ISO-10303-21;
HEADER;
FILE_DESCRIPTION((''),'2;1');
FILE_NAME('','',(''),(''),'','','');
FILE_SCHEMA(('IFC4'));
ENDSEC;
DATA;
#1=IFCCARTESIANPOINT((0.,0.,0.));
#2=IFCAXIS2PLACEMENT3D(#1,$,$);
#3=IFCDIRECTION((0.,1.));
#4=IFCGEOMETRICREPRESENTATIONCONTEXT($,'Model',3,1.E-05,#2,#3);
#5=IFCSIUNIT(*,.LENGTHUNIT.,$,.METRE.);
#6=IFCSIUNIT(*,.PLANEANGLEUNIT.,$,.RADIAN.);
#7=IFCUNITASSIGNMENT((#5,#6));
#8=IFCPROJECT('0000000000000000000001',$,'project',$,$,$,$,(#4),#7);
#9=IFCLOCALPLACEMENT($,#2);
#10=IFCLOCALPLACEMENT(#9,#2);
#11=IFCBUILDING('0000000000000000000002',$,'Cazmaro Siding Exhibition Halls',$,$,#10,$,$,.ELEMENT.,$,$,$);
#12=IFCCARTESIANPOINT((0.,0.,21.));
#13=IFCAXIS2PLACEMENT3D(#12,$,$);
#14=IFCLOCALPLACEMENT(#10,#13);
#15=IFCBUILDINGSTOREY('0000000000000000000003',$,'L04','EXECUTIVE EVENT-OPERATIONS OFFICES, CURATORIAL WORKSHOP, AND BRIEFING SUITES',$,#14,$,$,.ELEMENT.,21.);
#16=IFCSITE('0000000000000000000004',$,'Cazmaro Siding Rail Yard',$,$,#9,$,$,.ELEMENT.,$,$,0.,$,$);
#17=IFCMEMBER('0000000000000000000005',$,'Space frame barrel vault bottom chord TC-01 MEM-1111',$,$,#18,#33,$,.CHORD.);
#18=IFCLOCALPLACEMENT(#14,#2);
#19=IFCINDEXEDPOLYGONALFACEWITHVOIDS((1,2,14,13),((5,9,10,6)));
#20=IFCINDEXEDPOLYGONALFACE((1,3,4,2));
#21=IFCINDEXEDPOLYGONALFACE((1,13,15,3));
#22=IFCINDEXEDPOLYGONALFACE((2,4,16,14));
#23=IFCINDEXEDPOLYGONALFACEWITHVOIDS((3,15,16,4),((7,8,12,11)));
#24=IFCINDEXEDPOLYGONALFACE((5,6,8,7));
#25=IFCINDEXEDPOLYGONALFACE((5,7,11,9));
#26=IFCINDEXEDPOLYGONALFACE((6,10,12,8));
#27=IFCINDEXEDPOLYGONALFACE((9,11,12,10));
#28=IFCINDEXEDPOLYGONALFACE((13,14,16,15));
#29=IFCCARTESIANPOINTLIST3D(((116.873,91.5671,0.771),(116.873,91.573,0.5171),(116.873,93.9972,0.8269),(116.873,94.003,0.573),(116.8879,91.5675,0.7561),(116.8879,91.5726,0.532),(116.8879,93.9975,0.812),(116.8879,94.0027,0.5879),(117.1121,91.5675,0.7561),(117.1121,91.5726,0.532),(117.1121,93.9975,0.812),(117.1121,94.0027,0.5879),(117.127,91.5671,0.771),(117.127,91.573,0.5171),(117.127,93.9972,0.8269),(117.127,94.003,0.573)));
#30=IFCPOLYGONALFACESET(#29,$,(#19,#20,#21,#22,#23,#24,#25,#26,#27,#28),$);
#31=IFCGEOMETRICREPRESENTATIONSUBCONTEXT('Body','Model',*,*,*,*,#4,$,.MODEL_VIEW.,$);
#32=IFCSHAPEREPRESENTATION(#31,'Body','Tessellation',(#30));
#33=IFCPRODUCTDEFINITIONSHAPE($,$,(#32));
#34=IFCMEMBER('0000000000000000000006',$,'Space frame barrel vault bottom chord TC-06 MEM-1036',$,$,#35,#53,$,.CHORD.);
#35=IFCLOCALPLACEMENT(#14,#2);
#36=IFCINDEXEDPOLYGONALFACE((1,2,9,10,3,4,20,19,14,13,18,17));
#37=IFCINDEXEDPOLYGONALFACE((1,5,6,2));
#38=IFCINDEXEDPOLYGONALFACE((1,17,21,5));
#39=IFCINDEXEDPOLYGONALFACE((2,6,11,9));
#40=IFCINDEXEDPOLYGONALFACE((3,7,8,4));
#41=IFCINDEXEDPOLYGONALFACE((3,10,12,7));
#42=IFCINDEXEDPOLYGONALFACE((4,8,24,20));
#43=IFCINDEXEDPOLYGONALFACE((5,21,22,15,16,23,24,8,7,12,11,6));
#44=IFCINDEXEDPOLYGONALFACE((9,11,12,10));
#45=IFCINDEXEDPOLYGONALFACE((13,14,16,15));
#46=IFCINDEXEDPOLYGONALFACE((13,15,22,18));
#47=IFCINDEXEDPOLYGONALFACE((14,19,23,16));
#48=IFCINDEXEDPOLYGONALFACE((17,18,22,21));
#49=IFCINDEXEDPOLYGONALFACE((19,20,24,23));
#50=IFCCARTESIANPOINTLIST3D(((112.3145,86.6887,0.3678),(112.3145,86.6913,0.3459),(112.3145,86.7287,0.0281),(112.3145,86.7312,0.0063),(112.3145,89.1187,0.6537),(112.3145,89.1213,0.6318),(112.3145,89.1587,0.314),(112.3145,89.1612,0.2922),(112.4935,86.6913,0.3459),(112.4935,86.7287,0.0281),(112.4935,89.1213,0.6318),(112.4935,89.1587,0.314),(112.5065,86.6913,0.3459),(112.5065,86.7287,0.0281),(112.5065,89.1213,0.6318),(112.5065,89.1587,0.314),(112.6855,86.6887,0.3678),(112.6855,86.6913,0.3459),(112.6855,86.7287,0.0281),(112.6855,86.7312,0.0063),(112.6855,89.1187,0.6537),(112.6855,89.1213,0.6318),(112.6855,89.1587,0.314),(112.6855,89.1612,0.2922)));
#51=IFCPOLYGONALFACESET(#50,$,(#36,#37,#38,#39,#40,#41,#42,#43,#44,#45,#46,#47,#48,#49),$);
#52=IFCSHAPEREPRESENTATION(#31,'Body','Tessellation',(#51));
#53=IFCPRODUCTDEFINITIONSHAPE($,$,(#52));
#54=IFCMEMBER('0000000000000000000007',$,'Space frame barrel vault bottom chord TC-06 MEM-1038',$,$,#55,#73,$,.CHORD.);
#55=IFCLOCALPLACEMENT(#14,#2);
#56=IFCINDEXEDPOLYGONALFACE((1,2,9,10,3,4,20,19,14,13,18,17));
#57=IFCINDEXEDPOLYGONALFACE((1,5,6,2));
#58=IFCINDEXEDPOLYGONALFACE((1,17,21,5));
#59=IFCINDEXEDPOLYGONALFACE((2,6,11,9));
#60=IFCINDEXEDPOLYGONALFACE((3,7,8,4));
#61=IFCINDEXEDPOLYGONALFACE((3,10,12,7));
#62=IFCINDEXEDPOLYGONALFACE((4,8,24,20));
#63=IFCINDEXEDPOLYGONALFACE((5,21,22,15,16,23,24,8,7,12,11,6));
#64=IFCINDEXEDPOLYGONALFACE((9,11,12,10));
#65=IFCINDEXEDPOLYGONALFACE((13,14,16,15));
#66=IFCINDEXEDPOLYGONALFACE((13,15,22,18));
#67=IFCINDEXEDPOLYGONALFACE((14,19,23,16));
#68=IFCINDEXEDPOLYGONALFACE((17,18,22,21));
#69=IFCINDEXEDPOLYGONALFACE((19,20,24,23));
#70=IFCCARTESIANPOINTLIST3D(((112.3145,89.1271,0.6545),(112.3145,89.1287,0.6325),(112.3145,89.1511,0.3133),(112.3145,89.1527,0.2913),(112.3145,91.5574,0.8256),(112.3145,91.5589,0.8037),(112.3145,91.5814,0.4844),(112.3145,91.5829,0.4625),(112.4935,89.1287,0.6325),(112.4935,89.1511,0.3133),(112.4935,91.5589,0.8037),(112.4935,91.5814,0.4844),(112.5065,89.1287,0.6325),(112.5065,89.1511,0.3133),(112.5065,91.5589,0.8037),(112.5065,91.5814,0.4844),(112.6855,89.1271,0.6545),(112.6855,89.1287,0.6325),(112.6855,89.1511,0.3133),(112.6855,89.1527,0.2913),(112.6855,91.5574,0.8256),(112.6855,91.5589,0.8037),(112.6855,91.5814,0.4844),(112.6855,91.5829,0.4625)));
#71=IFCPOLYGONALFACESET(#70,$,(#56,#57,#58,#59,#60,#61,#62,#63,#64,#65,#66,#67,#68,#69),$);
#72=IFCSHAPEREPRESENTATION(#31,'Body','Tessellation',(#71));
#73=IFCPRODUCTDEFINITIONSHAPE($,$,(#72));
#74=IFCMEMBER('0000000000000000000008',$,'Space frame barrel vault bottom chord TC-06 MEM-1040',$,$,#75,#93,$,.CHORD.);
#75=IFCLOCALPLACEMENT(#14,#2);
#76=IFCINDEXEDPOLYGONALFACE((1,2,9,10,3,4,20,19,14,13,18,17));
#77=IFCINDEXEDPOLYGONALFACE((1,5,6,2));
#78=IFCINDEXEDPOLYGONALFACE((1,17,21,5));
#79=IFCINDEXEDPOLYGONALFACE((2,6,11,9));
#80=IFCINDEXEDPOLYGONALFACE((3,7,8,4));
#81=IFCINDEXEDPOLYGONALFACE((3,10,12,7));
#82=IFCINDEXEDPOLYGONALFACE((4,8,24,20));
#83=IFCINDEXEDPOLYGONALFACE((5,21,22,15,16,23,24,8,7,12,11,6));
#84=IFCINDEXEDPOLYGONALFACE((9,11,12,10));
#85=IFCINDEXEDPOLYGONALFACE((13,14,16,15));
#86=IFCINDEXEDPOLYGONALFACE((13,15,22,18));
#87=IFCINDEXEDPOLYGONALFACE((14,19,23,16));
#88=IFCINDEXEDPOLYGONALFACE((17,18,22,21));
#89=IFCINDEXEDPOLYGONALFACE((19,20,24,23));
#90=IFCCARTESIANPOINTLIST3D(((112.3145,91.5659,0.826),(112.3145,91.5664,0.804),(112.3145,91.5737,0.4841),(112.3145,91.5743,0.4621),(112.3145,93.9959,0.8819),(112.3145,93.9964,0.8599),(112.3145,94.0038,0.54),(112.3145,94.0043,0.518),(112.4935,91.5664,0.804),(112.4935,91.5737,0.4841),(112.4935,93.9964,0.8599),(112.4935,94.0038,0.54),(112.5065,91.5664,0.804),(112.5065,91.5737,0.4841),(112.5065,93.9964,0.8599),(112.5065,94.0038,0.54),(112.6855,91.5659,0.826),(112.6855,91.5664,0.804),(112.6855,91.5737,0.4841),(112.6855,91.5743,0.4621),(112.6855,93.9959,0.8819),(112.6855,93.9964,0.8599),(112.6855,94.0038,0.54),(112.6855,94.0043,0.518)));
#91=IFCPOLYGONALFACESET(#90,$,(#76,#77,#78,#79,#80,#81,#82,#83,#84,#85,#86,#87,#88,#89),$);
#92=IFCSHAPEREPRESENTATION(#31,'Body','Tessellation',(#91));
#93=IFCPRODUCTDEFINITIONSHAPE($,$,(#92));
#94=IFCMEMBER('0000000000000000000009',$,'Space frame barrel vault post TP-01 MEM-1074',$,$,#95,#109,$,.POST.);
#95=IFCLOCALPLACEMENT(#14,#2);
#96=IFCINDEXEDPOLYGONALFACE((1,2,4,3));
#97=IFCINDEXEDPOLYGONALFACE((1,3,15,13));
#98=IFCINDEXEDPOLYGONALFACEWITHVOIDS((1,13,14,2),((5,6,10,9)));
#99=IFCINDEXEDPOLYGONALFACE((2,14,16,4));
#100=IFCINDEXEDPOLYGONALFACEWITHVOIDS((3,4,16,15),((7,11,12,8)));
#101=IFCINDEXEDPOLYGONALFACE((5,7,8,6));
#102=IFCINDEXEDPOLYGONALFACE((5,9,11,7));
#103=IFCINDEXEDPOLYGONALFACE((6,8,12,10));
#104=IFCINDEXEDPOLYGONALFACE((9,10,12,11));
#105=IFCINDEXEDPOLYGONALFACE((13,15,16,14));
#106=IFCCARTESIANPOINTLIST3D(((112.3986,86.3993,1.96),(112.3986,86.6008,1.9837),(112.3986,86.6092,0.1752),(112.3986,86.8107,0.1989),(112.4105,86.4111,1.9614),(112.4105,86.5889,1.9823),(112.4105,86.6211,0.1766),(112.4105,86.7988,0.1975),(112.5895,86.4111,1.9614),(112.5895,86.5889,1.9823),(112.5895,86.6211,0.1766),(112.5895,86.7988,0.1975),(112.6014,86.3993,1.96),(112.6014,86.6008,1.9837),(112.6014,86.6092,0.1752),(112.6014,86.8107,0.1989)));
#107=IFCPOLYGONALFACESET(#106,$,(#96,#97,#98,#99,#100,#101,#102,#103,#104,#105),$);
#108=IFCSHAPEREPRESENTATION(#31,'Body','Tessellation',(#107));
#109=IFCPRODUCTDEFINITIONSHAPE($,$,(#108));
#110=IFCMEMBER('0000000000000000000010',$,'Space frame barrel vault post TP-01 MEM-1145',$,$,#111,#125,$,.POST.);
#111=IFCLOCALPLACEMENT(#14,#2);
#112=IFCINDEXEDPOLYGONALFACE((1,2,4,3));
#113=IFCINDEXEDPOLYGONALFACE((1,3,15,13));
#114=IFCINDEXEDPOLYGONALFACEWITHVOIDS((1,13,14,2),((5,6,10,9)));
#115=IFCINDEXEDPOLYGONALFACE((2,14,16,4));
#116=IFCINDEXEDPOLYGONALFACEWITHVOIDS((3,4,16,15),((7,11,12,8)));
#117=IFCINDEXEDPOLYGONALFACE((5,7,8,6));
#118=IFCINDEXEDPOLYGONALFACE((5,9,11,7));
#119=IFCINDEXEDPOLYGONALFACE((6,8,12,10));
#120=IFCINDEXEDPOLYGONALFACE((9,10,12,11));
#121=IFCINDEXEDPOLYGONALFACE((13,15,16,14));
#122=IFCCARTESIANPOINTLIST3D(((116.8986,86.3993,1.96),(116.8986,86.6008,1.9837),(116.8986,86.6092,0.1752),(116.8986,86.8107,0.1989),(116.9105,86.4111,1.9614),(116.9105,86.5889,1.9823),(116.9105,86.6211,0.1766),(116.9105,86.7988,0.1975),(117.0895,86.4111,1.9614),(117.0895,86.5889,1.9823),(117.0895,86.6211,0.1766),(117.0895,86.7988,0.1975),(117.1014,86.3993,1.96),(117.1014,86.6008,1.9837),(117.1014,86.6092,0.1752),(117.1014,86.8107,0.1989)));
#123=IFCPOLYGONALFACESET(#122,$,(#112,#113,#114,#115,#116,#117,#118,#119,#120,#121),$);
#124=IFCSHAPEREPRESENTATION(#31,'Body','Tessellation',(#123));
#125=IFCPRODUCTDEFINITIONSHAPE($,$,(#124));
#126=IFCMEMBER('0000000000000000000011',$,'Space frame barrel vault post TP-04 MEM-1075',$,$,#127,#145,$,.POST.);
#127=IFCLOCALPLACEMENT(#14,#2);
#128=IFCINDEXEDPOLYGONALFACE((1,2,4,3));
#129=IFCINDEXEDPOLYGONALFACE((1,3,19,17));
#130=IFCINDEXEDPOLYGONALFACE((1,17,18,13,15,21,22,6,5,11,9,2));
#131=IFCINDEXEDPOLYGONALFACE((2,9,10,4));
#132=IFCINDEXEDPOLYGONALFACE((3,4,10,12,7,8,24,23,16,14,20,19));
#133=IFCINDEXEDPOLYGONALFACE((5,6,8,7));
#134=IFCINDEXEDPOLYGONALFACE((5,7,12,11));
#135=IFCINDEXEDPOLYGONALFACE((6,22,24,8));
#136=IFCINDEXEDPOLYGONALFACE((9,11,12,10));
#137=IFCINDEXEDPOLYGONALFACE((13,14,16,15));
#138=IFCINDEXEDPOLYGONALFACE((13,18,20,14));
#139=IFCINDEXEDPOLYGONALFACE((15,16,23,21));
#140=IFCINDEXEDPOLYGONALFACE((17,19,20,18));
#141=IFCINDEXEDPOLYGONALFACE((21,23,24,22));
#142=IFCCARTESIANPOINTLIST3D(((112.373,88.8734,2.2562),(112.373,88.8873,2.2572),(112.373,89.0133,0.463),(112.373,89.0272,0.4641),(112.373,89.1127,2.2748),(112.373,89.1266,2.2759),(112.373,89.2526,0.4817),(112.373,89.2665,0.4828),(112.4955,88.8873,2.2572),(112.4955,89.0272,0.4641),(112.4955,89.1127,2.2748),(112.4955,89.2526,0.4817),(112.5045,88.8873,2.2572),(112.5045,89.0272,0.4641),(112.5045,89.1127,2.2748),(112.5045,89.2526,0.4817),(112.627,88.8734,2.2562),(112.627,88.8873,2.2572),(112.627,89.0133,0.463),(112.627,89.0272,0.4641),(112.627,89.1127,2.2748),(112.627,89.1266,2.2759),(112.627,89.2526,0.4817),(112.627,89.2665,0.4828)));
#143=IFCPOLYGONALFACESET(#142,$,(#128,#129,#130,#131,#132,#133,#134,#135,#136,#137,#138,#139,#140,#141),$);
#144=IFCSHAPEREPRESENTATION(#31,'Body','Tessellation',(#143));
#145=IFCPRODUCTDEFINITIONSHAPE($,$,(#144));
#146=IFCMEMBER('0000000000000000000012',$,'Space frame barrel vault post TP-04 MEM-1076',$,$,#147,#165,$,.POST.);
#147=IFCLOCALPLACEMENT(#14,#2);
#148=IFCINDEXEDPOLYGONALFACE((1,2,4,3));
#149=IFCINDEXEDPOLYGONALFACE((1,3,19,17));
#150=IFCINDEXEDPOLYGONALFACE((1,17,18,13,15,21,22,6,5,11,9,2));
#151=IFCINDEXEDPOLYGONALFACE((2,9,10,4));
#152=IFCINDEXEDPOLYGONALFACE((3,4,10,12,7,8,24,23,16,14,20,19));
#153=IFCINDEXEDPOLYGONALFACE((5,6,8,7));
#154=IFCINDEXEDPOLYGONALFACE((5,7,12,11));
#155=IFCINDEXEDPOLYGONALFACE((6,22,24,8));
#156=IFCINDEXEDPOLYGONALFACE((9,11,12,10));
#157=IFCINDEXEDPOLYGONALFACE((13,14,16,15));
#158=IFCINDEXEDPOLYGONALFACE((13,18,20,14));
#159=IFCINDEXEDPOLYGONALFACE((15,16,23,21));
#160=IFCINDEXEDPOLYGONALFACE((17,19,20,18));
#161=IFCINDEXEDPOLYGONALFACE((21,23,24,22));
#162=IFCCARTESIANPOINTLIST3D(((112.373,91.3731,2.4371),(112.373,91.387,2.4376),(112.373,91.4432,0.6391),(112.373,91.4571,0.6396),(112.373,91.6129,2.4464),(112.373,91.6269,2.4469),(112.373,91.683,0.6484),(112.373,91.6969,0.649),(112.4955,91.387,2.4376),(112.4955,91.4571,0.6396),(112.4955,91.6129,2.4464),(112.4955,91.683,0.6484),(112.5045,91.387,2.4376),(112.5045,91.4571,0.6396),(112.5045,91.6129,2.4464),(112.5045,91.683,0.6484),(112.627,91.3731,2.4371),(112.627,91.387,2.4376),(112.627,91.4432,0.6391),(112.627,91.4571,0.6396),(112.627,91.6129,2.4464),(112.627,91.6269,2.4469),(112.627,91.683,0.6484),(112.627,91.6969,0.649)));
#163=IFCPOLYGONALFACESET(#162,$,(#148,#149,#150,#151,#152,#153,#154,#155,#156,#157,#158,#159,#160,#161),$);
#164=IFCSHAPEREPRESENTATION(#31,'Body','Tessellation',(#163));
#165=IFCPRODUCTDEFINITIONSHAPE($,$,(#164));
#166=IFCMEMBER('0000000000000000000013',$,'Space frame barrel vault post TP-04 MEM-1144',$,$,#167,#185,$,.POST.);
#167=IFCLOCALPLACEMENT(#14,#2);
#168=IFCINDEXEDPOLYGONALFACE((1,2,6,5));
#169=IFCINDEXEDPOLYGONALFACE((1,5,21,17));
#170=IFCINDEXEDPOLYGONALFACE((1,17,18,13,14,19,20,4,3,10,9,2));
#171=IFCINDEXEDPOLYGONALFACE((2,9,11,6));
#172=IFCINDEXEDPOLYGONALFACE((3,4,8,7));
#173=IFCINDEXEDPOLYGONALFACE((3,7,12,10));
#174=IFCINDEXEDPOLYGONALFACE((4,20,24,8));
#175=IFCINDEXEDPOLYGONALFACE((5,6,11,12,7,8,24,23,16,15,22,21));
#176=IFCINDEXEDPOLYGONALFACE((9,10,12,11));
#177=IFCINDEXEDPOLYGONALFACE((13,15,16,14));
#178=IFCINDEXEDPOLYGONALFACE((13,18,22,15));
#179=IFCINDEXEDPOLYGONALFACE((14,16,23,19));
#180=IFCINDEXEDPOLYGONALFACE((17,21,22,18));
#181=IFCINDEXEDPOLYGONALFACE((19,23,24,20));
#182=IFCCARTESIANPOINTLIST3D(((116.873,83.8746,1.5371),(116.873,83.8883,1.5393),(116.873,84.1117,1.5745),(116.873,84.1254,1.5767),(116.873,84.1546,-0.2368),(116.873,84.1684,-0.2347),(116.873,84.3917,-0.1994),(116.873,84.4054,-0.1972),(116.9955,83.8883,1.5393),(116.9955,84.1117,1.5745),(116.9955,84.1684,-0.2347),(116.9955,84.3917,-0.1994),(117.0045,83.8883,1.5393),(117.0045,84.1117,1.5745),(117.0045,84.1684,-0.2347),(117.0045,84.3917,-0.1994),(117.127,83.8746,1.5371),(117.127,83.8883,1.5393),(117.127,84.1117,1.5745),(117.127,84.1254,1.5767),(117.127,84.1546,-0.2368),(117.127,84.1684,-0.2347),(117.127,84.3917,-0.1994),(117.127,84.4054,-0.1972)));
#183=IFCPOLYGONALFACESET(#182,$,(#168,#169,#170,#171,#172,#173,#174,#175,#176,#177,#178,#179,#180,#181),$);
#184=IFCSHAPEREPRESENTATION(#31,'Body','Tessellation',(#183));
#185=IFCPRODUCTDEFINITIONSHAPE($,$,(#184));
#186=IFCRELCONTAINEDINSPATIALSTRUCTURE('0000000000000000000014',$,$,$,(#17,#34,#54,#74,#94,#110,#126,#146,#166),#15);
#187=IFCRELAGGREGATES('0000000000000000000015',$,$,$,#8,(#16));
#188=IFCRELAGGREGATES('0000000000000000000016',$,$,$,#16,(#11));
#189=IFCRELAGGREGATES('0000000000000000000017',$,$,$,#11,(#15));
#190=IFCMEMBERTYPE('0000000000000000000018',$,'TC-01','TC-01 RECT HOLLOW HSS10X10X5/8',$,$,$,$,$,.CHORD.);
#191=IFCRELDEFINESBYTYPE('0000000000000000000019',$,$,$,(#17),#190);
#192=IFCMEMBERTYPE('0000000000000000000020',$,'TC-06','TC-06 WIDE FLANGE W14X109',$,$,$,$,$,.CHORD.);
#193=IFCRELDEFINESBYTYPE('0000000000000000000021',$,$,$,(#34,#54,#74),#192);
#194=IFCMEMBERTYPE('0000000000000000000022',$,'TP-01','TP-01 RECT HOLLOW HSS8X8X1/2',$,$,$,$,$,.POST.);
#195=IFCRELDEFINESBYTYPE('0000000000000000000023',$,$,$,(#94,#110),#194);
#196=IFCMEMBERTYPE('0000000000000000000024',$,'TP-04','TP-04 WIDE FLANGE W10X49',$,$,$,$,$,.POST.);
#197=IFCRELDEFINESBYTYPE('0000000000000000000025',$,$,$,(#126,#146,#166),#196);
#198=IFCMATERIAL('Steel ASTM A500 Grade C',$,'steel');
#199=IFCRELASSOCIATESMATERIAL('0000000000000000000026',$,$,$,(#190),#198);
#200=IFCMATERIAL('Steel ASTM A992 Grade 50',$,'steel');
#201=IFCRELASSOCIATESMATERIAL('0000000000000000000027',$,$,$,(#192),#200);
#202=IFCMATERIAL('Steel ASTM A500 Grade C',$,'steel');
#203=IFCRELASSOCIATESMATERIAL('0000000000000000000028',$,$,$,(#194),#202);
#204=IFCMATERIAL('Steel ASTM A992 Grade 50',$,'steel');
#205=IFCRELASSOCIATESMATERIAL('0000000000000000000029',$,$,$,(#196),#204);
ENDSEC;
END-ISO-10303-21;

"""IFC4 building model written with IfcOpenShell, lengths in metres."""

from ifc_helpers import new_model, si_unit, direction, frame, origin, origin_2d, place, context, subcontext, project, spatial, hollow_rectangle, i_section, extrude, material, material_profile, profile_set, type_object, element, save


model = new_model("IFC4")

# Units and contexts
model_context = context("Model", 3, precision=1e-05, world=origin(), true_north=direction((0.0, 1.0)))
body_context = subcontext(model_context, "Body", "Model", "MODEL_VIEW")
ifc_project = project(units=[si_unit("LENGTHUNIT", "METRE"), si_unit("PLANEANGLEUNIT", "RADIAN")], contexts=[model_context])

# Site, building, storey
site_placement = place(None, origin())
site = spatial("IfcSite", under=ifc_project, at=site_placement, Name="Cazmaro Siding Rail Yard", CompositionType="ELEMENT", RefElevation=0.0)
building_placement = place(site_placement, origin())
building = spatial("IfcBuilding", under=site, at=building_placement, Name="Cazmaro Siding Exhibition Halls", CompositionType="ELEMENT")
storey_placement = place(building_placement, frame((0.0, 0.0, 21.0)))
storey = spatial("IfcBuildingStorey", under=building, at=storey_placement, Name="L04", Description="EXECUTIVE EVENT-OPERATIONS OFFICES, CURATORIAL WORKSHOP, AND BRIEFING SUITES", CompositionType="ELEMENT", Elevation=21.0)

# Members
ifc_material_1 = material(Name="Steel ASTM A500 Grade C", Category="steel")
ifc_material_profile_1 = material_profile(ifc_material_1, hollow_rectangle(XDim=0.2539, YDim=0.2539, WallThickness=0.0149, at=origin_2d()), Name="HSS10X10X5/8")
ifc_profile_set_1 = profile_set([ifc_material_profile_1], Name="Steel ASTM A500 Grade C")
member_type_1 = type_object("IfcMemberType", Name="TC-01", Description="TC-01 RECT HOLLOW HSS10X10X5/8", PredefinedType="CHORD", material=ifc_profile_set_1)
member_1_placement = place(storey_placement, frame((117.0, 91.5701, 0.644), z_axis=(0.0, 0.999735, 0.023002), x_axis=(-1.0, 0.0, 0.0)))
element("IfcMember", 1, at=member_1_placement, inside=storey, type_object=member_type_1, Name="Space frame barrel vault bottom chord TC-01 MEM-1111", PredefinedType="CHORD", context=body_context, shape_type="SweptSolid", body=[
    extrude(hollow_rectangle(XDim=0.2539, YDim=0.2539, WallThickness=0.0149, at=origin_2d()), origin(), (0.0, 0.0, 1.0), 2.4307),
])
ifc_material_2 = material(Name="Steel ASTM A992 Grade 50", Category="steel")
ifc_material_profile_2 = material_profile(ifc_material_2, i_section(OverallWidth=0.3711, OverallDepth=0.364, WebThickness=0.0129, FlangeThickness=0.022, at=origin_2d()), Name="W14X109")
ifc_profile_set_2 = profile_set([ifc_material_profile_2], Name="Steel ASTM A992 Grade 50")
member_type_2 = type_object("IfcMemberType", Name="TC-06", Description="TC-06 WIDE FLANGE W14X109", PredefinedType="CHORD", material=ifc_profile_set_2)
member_2_placement = place(storey_placement, frame((112.5, 86.71, 0.187), z_axis=(0.0, 0.99315, 0.116847), x_axis=(-1.0, 0.0, 0.0)))
element("IfcMember", 2, at=member_2_placement, inside=storey, type_object=member_type_2, Name="Space frame barrel vault bottom chord TC-06 MEM-1036", PredefinedType="CHORD", context=body_context, shape_type="SweptSolid", body=[
    extrude(i_section(OverallWidth=0.3711, OverallDepth=0.364, WebThickness=0.0129, FlangeThickness=0.022, at=origin_2d()), origin(), (0.0, 0.0, 1.0), 2.4468),
])
member_3_placement = place(storey_placement, frame((112.5, 89.1399, 0.4729), z_axis=(0.0, 0.997529, 0.07025), x_axis=(-1.0, 0.0, 0.0)))
element("IfcMember", 3, at=member_3_placement, inside=storey, type_object=member_type_2, Name="Space frame barrel vault bottom chord TC-06 MEM-1038", PredefinedType="CHORD", context=body_context, shape_type="SweptSolid", body=[
    extrude(i_section(OverallWidth=0.3711, OverallDepth=0.364, WebThickness=0.0129, FlangeThickness=0.022, at=origin_2d()), origin(), (0.0, 0.0, 1.0), 2.4363),
])
member_4_placement = place(storey_placement, frame((112.5, 91.5701, 0.644), z_axis=(0.0, 0.999735, 0.023002), x_axis=(-1.0, 0.0, 0.0)))
element("IfcMember", 4, at=member_4_placement, inside=storey, type_object=member_type_2, Name="Space frame barrel vault bottom chord TC-06 MEM-1040", PredefinedType="CHORD", context=body_context, shape_type="SweptSolid", body=[
    extrude(i_section(OverallWidth=0.3711, OverallDepth=0.364, WebThickness=0.0129, FlangeThickness=0.022, at=origin_2d()), origin(), (0.0, 0.0, 1.0), 2.4307),
])
ifc_material_3 = material(Name="Steel ASTM A500 Grade C", Category="steel")
ifc_material_profile_3 = material_profile(ifc_material_3, hollow_rectangle(XDim=0.2029, YDim=0.2029, WallThickness=0.012, at=origin_2d()), Name="HSS8X8X1/2")
ifc_profile_set_3 = profile_set([ifc_material_profile_3], Name="Steel ASTM A500 Grade C")
member_type_3 = type_object("IfcMemberType", Name="TP-01", Description="TP-01 RECT HOLLOW HSS8X8X1/2", PredefinedType="POST", material=ifc_profile_set_3)
for number, where, z_axis, x_axis, name in (
    (5, (112.5, 86.71, 0.187), (0.0, -0.116825, 0.993152), (1.0, 0.0, 0.0), "Space frame barrel vault post TP-01 MEM-1074"),
    (6, (117.0, 86.71, 0.187), (0.0, -0.116825, 0.993152), (1.0, 0.0, 0.0), "Space frame barrel vault post TP-01 MEM-1145"),
):
    element("IfcMember", number, at=place(storey_placement, frame(where, z_axis=z_axis, x_axis=x_axis)), inside=storey, type_object=member_type_3, Name=name, PredefinedType="POST", context=body_context, shape_type="SweptSolid", body=[
        extrude(hollow_rectangle(XDim=0.2029, YDim=0.2029, WallThickness=0.012, at=origin_2d()), origin(), (0.0, 0.0, 1.0), 1.7971),
    ])
ifc_material_4 = material(Name="Steel ASTM A992 Grade 50", Category="steel")
ifc_material_profile_4 = material_profile(ifc_material_4, i_section(OverallWidth=0.2539, OverallDepth=0.2539, WebThickness=0.009, FlangeThickness=0.0139, at=origin_2d()), Name="W10X49")
ifc_profile_set_4 = profile_set([ifc_material_profile_4], Name="Steel ASTM A992 Grade 50")
member_type_4 = type_object("IfcMemberType", Name="TP-04", Description="TP-04 WIDE FLANGE W10X49", PredefinedType="POST", material=ifc_profile_set_4)
member_5_placement = place(storey_placement, frame((112.5, 89.1399, 0.4729), z_axis=(0.0, -0.077776, 0.996971), x_axis=(1.0, 0.0, 0.0)))
element("IfcMember", 7, at=member_5_placement, inside=storey, type_object=member_type_4, Name="Space frame barrel vault post TP-04 MEM-1075", PredefinedType="POST", context=body_context, shape_type="SweptSolid", body=[
    extrude(i_section(OverallWidth=0.2539, OverallDepth=0.2539, WebThickness=0.009, FlangeThickness=0.0139, at=origin_2d()), origin(), (0.0, 0.0, 1.0), 1.7986),
])
member_6_placement = place(storey_placement, frame((112.5, 91.5701, 0.644), z_axis=(0.0, -0.038944, 0.999241), x_axis=(1.0, 0.0, 0.0)))
element("IfcMember", 8, at=member_6_placement, inside=storey, type_object=member_type_4, Name="Space frame barrel vault post TP-04 MEM-1076", PredefinedType="POST", context=body_context, shape_type="SweptSolid", body=[
    extrude(i_section(OverallWidth=0.2539, OverallDepth=0.2539, WebThickness=0.009, FlangeThickness=0.0139, at=origin_2d()), origin(), (0.0, 0.0, 1.0), 1.7993),
])
member_7_placement = place(storey_placement, frame((117.0, 84.28, -0.217), z_axis=(0.0, -0.155928, 0.987768), x_axis=(1.0, 0.0, 0.0)))
element("IfcMember", 9, at=member_7_placement, inside=storey, type_object=member_type_4, Name="Space frame barrel vault post TP-04 MEM-1144", PredefinedType="POST", context=body_context, shape_type="SweptSolid", body=[
    extrude(i_section(OverallWidth=0.2539, OverallDepth=0.2539, WebThickness=0.009, FlangeThickness=0.0139, at=origin_2d()), origin(), (0.0, 0.0, 1.0), 1.7959),
])

save(model, "model.ifc")
